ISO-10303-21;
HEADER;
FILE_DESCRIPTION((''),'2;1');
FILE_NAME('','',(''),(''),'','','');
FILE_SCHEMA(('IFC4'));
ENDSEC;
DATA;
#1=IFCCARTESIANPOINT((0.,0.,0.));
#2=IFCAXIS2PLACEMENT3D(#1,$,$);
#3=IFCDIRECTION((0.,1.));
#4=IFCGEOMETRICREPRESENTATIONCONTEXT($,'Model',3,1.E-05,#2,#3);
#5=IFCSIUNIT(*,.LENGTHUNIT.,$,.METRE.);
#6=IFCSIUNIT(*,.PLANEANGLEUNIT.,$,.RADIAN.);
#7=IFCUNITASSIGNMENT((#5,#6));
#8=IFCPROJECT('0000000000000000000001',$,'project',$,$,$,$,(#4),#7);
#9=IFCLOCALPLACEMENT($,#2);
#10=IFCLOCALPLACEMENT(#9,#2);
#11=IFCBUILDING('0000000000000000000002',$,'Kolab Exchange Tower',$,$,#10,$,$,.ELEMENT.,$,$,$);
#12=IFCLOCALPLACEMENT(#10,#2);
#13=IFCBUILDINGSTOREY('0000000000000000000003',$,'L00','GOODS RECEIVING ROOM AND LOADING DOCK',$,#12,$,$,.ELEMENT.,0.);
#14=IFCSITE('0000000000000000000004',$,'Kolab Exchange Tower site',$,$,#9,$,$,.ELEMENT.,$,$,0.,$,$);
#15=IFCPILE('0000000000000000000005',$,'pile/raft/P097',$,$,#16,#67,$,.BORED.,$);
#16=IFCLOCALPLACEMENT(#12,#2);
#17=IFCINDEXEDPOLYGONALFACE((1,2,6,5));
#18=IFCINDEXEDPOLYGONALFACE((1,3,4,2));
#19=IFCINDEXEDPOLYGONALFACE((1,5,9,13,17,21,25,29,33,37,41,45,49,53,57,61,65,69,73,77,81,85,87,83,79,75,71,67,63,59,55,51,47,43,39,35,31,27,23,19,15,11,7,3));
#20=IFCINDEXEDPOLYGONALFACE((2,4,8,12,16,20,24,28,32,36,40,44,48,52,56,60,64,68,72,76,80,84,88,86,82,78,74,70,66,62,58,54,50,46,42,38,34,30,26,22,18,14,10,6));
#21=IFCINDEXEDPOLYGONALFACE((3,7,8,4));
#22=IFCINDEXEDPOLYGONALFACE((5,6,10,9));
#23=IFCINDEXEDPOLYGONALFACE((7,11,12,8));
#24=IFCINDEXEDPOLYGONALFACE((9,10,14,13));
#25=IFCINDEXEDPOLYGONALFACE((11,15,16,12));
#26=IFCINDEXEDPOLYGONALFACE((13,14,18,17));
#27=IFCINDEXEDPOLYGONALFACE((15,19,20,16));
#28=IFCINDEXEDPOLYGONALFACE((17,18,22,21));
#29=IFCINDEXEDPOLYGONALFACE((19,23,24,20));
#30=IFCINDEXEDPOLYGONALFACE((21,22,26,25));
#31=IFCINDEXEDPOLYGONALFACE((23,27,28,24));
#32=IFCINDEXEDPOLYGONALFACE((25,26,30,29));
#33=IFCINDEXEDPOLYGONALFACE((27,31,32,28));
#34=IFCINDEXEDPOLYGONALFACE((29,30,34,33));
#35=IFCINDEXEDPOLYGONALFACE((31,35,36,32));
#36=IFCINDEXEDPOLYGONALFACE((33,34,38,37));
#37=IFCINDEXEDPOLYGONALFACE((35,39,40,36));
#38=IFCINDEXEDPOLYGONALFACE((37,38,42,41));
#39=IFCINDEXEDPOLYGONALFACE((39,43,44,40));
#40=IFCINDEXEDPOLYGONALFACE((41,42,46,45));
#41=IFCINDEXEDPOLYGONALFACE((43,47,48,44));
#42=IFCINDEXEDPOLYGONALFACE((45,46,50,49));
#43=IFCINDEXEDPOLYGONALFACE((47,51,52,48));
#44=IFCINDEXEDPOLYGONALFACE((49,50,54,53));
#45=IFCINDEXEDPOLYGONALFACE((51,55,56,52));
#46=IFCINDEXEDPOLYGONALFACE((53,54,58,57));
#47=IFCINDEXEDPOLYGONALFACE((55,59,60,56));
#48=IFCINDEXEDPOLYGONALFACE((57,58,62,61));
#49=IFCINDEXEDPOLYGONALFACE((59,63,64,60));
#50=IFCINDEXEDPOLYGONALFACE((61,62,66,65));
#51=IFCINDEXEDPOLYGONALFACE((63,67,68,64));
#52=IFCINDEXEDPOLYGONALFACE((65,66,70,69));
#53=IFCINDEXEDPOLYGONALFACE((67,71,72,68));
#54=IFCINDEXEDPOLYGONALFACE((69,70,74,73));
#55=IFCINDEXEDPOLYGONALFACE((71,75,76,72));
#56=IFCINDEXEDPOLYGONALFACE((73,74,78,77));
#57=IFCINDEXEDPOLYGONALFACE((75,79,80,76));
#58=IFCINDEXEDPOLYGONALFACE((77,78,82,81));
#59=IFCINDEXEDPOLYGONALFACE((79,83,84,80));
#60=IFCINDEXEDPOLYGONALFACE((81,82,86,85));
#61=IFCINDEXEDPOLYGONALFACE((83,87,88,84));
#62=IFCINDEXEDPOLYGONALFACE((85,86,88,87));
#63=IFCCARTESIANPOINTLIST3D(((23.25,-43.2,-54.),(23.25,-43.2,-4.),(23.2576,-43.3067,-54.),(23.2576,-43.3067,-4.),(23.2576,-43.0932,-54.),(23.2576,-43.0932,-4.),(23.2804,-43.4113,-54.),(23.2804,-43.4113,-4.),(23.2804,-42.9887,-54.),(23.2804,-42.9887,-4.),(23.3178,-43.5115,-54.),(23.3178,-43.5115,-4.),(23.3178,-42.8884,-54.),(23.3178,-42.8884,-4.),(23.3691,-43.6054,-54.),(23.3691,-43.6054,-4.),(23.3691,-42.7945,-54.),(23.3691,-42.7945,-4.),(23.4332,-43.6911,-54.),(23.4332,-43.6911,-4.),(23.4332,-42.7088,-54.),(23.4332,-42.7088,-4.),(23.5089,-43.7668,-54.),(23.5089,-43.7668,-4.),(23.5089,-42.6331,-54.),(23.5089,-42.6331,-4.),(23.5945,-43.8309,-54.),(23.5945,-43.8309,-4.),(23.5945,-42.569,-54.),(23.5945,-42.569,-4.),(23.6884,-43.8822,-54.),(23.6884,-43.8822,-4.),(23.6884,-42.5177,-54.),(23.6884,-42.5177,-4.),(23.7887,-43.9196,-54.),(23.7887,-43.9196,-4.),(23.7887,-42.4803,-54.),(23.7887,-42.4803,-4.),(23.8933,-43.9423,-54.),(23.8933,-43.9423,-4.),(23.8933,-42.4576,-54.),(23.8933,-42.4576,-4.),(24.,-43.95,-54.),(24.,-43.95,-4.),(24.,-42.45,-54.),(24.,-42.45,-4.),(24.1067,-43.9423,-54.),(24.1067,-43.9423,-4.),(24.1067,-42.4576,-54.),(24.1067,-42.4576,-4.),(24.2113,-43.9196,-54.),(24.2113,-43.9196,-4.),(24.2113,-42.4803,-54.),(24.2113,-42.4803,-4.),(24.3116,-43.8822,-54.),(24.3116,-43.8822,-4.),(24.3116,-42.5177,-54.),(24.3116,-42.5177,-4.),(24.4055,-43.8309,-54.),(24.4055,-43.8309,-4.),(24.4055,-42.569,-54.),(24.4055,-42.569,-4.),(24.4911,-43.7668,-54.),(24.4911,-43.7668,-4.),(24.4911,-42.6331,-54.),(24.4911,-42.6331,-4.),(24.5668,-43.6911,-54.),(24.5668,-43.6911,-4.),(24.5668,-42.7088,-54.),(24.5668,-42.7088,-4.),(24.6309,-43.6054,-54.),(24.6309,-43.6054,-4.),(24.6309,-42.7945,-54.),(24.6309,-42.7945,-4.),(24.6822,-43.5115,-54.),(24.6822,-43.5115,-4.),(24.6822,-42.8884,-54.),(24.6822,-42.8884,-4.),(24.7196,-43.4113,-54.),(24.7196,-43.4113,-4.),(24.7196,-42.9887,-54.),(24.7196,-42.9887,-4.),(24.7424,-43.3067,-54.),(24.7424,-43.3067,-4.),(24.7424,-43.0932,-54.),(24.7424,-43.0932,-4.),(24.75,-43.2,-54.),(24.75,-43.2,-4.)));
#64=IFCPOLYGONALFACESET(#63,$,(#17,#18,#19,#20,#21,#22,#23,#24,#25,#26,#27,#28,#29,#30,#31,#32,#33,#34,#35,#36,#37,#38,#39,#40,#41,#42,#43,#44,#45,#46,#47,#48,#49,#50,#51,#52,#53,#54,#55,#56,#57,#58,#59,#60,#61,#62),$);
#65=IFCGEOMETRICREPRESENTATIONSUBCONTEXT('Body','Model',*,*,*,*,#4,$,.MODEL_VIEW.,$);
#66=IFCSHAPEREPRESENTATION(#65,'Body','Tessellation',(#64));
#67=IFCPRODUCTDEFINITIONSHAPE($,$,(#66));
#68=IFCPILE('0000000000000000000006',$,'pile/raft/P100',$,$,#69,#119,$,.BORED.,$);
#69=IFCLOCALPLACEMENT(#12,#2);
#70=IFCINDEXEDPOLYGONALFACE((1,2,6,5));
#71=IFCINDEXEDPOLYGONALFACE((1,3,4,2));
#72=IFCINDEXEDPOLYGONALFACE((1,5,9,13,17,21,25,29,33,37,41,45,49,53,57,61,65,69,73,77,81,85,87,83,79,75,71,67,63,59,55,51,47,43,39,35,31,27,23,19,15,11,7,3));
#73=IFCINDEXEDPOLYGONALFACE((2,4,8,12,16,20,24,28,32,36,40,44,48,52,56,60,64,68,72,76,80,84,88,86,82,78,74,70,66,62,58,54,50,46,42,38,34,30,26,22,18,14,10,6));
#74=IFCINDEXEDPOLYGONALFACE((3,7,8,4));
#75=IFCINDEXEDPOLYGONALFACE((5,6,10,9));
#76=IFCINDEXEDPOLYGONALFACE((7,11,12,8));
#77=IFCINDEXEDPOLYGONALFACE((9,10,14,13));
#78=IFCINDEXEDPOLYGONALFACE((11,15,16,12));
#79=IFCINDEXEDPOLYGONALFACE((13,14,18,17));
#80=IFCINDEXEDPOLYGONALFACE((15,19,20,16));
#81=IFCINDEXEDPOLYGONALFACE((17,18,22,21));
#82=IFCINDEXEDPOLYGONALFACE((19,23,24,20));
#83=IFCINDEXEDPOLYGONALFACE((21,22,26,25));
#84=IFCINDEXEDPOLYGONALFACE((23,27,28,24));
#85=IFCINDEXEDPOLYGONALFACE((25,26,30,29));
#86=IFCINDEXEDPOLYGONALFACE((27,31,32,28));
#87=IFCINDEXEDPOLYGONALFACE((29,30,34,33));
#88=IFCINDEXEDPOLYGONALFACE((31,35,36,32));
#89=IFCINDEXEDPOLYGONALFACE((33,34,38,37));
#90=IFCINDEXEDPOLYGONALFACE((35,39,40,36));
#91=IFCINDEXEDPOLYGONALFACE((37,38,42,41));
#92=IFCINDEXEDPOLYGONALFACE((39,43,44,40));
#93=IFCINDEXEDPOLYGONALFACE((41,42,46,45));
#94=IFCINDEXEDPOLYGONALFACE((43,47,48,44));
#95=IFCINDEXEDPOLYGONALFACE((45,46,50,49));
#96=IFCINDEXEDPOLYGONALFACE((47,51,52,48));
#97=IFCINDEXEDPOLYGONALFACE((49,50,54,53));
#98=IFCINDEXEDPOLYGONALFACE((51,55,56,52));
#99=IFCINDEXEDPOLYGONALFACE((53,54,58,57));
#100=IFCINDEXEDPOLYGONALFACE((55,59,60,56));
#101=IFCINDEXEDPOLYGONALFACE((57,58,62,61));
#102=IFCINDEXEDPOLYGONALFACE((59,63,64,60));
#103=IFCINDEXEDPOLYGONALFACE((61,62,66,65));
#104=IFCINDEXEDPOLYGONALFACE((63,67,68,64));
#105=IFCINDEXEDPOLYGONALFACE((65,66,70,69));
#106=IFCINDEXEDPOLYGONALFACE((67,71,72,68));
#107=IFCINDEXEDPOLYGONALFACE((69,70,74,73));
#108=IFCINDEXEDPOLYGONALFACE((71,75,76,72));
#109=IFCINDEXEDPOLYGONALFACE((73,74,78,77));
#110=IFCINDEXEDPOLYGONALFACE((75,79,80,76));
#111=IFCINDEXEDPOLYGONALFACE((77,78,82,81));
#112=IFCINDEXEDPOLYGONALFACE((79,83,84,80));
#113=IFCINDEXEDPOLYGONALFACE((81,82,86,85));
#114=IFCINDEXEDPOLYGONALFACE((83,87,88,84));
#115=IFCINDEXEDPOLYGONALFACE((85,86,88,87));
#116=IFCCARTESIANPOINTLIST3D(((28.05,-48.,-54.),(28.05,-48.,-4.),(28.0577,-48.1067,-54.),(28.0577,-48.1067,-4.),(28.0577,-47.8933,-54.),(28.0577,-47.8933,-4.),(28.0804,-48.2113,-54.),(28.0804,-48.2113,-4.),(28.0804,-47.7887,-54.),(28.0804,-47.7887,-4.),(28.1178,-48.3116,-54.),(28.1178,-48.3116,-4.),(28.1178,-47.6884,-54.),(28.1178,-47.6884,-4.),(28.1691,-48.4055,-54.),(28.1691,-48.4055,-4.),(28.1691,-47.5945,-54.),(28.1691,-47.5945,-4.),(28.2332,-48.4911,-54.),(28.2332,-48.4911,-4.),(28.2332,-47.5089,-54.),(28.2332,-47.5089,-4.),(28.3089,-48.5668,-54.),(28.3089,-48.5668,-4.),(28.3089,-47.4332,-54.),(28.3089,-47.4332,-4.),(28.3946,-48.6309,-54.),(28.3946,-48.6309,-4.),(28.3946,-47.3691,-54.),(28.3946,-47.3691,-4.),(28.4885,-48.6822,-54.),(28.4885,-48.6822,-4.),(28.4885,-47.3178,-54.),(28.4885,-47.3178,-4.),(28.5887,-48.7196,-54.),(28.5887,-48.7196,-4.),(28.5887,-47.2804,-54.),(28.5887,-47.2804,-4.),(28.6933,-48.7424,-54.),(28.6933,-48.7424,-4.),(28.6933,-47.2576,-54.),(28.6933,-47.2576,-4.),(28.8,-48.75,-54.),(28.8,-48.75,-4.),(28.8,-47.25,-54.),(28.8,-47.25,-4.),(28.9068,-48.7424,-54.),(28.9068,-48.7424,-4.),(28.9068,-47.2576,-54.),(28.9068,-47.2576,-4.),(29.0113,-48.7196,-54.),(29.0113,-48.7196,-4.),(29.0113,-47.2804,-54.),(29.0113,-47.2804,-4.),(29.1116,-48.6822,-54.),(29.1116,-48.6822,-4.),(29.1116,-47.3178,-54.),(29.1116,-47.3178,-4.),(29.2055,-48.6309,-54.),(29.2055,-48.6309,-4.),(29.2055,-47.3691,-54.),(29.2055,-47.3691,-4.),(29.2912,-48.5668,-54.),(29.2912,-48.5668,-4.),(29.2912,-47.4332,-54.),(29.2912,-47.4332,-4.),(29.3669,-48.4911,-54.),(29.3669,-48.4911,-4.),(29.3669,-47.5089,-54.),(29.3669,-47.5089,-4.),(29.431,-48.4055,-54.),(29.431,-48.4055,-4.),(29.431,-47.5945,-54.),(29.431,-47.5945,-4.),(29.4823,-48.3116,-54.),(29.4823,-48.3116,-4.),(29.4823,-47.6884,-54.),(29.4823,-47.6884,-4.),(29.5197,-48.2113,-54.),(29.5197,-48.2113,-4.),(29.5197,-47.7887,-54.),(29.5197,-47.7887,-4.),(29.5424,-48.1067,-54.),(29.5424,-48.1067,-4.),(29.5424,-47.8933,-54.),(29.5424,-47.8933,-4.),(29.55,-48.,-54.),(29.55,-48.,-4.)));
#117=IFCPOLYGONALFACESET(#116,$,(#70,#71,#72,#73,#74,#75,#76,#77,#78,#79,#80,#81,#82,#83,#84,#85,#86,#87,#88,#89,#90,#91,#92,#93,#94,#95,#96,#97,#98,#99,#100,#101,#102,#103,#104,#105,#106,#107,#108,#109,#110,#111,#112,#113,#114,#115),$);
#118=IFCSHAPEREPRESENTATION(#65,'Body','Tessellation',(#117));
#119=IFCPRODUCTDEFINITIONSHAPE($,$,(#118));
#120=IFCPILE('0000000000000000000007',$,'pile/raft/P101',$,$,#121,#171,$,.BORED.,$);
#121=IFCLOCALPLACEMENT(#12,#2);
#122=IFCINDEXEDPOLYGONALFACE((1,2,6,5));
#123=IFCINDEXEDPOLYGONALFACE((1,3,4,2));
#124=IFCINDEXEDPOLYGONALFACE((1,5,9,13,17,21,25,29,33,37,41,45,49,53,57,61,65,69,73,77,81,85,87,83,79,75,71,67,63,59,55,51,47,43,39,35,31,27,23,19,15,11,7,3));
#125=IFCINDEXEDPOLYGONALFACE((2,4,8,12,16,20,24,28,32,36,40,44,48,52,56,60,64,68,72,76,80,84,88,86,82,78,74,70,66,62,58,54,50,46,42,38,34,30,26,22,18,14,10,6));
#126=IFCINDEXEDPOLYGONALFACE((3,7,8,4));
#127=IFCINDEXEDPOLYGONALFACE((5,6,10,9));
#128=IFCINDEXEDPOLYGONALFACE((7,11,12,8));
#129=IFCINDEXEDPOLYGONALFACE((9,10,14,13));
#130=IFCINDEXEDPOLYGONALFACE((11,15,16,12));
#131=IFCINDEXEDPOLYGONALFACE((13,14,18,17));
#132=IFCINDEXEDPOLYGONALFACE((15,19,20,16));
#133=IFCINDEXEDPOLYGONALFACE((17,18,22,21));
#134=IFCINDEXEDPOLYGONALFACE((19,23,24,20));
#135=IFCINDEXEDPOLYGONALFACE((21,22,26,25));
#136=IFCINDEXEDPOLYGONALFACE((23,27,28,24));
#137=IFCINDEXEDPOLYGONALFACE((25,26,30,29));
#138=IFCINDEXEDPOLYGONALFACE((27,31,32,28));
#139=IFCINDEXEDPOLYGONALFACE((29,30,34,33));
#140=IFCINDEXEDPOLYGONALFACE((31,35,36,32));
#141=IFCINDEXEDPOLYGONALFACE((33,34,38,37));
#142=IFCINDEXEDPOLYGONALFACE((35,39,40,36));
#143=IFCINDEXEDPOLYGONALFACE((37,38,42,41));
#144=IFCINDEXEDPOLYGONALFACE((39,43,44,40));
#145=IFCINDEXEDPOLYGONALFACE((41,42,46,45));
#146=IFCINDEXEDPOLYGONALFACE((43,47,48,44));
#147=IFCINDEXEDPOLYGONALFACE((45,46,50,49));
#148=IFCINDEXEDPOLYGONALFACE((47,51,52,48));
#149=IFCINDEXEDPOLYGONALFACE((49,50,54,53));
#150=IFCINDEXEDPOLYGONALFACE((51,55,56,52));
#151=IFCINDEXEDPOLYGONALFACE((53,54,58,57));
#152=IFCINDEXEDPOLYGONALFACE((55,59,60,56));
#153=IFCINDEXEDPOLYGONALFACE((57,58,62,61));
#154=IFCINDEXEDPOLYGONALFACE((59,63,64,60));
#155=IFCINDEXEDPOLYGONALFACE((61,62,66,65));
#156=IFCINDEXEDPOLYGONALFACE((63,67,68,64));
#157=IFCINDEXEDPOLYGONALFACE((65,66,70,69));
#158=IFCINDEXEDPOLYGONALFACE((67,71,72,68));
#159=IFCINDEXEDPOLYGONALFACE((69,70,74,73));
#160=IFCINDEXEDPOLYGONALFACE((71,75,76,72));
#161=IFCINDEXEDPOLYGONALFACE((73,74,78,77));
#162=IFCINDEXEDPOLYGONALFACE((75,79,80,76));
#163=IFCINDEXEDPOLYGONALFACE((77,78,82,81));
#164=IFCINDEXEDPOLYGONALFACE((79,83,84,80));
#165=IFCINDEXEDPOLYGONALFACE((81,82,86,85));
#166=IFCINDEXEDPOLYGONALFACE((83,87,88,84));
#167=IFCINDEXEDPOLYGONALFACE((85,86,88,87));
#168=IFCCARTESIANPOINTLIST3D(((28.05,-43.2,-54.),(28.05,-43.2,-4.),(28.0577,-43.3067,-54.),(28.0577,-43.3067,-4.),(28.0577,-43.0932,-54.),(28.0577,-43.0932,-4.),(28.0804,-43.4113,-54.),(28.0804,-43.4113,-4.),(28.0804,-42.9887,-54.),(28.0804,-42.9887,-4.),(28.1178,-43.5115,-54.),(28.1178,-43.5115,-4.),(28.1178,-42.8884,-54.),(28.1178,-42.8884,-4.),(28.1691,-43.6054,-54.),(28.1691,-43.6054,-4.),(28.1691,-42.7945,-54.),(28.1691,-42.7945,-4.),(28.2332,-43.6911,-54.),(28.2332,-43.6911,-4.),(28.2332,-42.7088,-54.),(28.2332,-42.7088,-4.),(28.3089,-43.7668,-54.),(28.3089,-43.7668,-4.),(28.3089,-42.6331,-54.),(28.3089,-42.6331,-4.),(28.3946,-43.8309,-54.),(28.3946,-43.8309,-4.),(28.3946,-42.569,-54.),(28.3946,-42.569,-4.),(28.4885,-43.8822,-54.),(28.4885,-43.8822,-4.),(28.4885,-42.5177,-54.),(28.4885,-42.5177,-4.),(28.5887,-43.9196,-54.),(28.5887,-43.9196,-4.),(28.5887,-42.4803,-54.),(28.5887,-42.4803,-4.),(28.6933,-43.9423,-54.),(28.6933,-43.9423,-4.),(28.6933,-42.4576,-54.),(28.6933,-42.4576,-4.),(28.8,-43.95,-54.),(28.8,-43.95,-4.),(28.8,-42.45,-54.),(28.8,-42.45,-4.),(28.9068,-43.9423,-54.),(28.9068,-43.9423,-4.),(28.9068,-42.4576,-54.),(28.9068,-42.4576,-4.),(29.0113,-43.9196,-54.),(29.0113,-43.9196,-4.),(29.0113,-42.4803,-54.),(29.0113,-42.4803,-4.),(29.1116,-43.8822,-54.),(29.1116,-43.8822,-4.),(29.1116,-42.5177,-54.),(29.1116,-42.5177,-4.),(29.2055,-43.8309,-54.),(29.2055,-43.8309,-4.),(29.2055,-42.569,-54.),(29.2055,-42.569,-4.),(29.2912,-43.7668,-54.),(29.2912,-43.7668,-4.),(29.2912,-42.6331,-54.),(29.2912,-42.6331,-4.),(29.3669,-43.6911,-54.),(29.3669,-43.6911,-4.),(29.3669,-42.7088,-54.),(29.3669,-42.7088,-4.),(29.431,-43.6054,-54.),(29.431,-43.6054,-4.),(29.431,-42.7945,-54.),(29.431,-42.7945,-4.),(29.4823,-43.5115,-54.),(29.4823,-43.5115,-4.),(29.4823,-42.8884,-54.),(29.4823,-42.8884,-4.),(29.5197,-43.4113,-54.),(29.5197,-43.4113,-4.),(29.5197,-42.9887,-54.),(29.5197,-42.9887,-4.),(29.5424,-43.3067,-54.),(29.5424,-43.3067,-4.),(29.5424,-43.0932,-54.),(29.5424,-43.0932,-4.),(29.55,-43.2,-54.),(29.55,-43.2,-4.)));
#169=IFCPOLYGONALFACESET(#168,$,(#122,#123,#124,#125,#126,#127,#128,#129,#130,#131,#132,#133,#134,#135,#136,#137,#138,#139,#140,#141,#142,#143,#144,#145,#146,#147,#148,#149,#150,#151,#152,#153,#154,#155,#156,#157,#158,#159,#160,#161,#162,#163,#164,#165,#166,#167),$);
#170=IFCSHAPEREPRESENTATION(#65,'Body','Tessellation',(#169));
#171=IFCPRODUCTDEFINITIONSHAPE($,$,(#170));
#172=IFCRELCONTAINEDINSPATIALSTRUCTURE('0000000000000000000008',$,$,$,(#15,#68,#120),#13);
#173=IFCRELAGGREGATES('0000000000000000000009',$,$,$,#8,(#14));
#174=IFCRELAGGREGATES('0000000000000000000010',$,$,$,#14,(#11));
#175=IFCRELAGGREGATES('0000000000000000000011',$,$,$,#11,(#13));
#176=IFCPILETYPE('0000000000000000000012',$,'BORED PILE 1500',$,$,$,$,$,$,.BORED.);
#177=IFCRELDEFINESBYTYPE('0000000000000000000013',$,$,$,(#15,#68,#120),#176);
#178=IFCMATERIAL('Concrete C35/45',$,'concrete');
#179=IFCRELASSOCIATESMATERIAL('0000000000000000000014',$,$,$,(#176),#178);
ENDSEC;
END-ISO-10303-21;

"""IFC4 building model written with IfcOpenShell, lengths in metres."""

from ifc_helpers import new_model, si_unit, direction, frame, origin, origin_2d, place, context, subcontext, project, spatial, circle, extrude, material, material_profile, profile_set, type_object, element, save


model = new_model("IFC4")

# Units and contexts
model_context = context("Model", 3, precision=1e-05, world=origin(), true_north=direction((0.0, 1.0)))
body_context = subcontext(model_context, "Body", "Model", "MODEL_VIEW")
ifc_project = project(units=[si_unit("LENGTHUNIT", "METRE"), si_unit("PLANEANGLEUNIT", "RADIAN")], contexts=[model_context])

# Site, building, storey
site_placement = place(None, origin())
site = spatial("IfcSite", under=ifc_project, at=site_placement, Name="Kolab Exchange Tower site", CompositionType="ELEMENT", RefElevation=0.0)
building_placement = place(site_placement, origin())
building = spatial("IfcBuilding", under=site, at=building_placement, Name="Kolab Exchange Tower", CompositionType="ELEMENT")
storey_placement = place(building_placement, origin())
storey = spatial("IfcBuildingStorey", under=building, at=storey_placement, Name="L00", Description="GOODS RECEIVING ROOM AND LOADING DOCK", CompositionType="ELEMENT", Elevation=0.0)

# Piles
ifc_material_1 = material(Name="Concrete C35/45", Category="concrete")
ifc_material_profile_1 = material_profile(ifc_material_1, circle(Radius=0.75, at=origin_2d()), Name="BP1500")
ifc_profile_set_1 = profile_set([ifc_material_profile_1], Name="Concrete C35/45")
pile_type = type_object("IfcPileType", Name="BORED PILE 1500", PredefinedType="BORED", material=ifc_profile_set_1)
for number, where, z_axis, x_axis, name in (
    (1, (24.0, -43.2, -4.0), (0.0, 0.0, -1.0), (1.0, 0.0, 0.0), "pile/raft/P097"),
    (2, (28.8, -48.0, -4.0), (0.0, 0.0, -1.0), (1.0, 0.0, 0.0), "pile/raft/P100"),
    (3, (28.8, -43.2, -4.0), (0.0, 0.0, -1.0), (1.0, 0.0, 0.0), "pile/raft/P101"),
):
    element("IfcPile", number, at=place(storey_placement, frame(where, z_axis=z_axis, x_axis=x_axis)), inside=storey, type_object=pile_type, Name=name, PredefinedType="BORED", context=body_context, shape_type="SweptSolid", body=[
        extrude(circle(Radius=0.75, at=origin_2d()), origin(), (0.0, 0.0, 1.0), 50.0),
    ])

save(model, "model.ifc")
